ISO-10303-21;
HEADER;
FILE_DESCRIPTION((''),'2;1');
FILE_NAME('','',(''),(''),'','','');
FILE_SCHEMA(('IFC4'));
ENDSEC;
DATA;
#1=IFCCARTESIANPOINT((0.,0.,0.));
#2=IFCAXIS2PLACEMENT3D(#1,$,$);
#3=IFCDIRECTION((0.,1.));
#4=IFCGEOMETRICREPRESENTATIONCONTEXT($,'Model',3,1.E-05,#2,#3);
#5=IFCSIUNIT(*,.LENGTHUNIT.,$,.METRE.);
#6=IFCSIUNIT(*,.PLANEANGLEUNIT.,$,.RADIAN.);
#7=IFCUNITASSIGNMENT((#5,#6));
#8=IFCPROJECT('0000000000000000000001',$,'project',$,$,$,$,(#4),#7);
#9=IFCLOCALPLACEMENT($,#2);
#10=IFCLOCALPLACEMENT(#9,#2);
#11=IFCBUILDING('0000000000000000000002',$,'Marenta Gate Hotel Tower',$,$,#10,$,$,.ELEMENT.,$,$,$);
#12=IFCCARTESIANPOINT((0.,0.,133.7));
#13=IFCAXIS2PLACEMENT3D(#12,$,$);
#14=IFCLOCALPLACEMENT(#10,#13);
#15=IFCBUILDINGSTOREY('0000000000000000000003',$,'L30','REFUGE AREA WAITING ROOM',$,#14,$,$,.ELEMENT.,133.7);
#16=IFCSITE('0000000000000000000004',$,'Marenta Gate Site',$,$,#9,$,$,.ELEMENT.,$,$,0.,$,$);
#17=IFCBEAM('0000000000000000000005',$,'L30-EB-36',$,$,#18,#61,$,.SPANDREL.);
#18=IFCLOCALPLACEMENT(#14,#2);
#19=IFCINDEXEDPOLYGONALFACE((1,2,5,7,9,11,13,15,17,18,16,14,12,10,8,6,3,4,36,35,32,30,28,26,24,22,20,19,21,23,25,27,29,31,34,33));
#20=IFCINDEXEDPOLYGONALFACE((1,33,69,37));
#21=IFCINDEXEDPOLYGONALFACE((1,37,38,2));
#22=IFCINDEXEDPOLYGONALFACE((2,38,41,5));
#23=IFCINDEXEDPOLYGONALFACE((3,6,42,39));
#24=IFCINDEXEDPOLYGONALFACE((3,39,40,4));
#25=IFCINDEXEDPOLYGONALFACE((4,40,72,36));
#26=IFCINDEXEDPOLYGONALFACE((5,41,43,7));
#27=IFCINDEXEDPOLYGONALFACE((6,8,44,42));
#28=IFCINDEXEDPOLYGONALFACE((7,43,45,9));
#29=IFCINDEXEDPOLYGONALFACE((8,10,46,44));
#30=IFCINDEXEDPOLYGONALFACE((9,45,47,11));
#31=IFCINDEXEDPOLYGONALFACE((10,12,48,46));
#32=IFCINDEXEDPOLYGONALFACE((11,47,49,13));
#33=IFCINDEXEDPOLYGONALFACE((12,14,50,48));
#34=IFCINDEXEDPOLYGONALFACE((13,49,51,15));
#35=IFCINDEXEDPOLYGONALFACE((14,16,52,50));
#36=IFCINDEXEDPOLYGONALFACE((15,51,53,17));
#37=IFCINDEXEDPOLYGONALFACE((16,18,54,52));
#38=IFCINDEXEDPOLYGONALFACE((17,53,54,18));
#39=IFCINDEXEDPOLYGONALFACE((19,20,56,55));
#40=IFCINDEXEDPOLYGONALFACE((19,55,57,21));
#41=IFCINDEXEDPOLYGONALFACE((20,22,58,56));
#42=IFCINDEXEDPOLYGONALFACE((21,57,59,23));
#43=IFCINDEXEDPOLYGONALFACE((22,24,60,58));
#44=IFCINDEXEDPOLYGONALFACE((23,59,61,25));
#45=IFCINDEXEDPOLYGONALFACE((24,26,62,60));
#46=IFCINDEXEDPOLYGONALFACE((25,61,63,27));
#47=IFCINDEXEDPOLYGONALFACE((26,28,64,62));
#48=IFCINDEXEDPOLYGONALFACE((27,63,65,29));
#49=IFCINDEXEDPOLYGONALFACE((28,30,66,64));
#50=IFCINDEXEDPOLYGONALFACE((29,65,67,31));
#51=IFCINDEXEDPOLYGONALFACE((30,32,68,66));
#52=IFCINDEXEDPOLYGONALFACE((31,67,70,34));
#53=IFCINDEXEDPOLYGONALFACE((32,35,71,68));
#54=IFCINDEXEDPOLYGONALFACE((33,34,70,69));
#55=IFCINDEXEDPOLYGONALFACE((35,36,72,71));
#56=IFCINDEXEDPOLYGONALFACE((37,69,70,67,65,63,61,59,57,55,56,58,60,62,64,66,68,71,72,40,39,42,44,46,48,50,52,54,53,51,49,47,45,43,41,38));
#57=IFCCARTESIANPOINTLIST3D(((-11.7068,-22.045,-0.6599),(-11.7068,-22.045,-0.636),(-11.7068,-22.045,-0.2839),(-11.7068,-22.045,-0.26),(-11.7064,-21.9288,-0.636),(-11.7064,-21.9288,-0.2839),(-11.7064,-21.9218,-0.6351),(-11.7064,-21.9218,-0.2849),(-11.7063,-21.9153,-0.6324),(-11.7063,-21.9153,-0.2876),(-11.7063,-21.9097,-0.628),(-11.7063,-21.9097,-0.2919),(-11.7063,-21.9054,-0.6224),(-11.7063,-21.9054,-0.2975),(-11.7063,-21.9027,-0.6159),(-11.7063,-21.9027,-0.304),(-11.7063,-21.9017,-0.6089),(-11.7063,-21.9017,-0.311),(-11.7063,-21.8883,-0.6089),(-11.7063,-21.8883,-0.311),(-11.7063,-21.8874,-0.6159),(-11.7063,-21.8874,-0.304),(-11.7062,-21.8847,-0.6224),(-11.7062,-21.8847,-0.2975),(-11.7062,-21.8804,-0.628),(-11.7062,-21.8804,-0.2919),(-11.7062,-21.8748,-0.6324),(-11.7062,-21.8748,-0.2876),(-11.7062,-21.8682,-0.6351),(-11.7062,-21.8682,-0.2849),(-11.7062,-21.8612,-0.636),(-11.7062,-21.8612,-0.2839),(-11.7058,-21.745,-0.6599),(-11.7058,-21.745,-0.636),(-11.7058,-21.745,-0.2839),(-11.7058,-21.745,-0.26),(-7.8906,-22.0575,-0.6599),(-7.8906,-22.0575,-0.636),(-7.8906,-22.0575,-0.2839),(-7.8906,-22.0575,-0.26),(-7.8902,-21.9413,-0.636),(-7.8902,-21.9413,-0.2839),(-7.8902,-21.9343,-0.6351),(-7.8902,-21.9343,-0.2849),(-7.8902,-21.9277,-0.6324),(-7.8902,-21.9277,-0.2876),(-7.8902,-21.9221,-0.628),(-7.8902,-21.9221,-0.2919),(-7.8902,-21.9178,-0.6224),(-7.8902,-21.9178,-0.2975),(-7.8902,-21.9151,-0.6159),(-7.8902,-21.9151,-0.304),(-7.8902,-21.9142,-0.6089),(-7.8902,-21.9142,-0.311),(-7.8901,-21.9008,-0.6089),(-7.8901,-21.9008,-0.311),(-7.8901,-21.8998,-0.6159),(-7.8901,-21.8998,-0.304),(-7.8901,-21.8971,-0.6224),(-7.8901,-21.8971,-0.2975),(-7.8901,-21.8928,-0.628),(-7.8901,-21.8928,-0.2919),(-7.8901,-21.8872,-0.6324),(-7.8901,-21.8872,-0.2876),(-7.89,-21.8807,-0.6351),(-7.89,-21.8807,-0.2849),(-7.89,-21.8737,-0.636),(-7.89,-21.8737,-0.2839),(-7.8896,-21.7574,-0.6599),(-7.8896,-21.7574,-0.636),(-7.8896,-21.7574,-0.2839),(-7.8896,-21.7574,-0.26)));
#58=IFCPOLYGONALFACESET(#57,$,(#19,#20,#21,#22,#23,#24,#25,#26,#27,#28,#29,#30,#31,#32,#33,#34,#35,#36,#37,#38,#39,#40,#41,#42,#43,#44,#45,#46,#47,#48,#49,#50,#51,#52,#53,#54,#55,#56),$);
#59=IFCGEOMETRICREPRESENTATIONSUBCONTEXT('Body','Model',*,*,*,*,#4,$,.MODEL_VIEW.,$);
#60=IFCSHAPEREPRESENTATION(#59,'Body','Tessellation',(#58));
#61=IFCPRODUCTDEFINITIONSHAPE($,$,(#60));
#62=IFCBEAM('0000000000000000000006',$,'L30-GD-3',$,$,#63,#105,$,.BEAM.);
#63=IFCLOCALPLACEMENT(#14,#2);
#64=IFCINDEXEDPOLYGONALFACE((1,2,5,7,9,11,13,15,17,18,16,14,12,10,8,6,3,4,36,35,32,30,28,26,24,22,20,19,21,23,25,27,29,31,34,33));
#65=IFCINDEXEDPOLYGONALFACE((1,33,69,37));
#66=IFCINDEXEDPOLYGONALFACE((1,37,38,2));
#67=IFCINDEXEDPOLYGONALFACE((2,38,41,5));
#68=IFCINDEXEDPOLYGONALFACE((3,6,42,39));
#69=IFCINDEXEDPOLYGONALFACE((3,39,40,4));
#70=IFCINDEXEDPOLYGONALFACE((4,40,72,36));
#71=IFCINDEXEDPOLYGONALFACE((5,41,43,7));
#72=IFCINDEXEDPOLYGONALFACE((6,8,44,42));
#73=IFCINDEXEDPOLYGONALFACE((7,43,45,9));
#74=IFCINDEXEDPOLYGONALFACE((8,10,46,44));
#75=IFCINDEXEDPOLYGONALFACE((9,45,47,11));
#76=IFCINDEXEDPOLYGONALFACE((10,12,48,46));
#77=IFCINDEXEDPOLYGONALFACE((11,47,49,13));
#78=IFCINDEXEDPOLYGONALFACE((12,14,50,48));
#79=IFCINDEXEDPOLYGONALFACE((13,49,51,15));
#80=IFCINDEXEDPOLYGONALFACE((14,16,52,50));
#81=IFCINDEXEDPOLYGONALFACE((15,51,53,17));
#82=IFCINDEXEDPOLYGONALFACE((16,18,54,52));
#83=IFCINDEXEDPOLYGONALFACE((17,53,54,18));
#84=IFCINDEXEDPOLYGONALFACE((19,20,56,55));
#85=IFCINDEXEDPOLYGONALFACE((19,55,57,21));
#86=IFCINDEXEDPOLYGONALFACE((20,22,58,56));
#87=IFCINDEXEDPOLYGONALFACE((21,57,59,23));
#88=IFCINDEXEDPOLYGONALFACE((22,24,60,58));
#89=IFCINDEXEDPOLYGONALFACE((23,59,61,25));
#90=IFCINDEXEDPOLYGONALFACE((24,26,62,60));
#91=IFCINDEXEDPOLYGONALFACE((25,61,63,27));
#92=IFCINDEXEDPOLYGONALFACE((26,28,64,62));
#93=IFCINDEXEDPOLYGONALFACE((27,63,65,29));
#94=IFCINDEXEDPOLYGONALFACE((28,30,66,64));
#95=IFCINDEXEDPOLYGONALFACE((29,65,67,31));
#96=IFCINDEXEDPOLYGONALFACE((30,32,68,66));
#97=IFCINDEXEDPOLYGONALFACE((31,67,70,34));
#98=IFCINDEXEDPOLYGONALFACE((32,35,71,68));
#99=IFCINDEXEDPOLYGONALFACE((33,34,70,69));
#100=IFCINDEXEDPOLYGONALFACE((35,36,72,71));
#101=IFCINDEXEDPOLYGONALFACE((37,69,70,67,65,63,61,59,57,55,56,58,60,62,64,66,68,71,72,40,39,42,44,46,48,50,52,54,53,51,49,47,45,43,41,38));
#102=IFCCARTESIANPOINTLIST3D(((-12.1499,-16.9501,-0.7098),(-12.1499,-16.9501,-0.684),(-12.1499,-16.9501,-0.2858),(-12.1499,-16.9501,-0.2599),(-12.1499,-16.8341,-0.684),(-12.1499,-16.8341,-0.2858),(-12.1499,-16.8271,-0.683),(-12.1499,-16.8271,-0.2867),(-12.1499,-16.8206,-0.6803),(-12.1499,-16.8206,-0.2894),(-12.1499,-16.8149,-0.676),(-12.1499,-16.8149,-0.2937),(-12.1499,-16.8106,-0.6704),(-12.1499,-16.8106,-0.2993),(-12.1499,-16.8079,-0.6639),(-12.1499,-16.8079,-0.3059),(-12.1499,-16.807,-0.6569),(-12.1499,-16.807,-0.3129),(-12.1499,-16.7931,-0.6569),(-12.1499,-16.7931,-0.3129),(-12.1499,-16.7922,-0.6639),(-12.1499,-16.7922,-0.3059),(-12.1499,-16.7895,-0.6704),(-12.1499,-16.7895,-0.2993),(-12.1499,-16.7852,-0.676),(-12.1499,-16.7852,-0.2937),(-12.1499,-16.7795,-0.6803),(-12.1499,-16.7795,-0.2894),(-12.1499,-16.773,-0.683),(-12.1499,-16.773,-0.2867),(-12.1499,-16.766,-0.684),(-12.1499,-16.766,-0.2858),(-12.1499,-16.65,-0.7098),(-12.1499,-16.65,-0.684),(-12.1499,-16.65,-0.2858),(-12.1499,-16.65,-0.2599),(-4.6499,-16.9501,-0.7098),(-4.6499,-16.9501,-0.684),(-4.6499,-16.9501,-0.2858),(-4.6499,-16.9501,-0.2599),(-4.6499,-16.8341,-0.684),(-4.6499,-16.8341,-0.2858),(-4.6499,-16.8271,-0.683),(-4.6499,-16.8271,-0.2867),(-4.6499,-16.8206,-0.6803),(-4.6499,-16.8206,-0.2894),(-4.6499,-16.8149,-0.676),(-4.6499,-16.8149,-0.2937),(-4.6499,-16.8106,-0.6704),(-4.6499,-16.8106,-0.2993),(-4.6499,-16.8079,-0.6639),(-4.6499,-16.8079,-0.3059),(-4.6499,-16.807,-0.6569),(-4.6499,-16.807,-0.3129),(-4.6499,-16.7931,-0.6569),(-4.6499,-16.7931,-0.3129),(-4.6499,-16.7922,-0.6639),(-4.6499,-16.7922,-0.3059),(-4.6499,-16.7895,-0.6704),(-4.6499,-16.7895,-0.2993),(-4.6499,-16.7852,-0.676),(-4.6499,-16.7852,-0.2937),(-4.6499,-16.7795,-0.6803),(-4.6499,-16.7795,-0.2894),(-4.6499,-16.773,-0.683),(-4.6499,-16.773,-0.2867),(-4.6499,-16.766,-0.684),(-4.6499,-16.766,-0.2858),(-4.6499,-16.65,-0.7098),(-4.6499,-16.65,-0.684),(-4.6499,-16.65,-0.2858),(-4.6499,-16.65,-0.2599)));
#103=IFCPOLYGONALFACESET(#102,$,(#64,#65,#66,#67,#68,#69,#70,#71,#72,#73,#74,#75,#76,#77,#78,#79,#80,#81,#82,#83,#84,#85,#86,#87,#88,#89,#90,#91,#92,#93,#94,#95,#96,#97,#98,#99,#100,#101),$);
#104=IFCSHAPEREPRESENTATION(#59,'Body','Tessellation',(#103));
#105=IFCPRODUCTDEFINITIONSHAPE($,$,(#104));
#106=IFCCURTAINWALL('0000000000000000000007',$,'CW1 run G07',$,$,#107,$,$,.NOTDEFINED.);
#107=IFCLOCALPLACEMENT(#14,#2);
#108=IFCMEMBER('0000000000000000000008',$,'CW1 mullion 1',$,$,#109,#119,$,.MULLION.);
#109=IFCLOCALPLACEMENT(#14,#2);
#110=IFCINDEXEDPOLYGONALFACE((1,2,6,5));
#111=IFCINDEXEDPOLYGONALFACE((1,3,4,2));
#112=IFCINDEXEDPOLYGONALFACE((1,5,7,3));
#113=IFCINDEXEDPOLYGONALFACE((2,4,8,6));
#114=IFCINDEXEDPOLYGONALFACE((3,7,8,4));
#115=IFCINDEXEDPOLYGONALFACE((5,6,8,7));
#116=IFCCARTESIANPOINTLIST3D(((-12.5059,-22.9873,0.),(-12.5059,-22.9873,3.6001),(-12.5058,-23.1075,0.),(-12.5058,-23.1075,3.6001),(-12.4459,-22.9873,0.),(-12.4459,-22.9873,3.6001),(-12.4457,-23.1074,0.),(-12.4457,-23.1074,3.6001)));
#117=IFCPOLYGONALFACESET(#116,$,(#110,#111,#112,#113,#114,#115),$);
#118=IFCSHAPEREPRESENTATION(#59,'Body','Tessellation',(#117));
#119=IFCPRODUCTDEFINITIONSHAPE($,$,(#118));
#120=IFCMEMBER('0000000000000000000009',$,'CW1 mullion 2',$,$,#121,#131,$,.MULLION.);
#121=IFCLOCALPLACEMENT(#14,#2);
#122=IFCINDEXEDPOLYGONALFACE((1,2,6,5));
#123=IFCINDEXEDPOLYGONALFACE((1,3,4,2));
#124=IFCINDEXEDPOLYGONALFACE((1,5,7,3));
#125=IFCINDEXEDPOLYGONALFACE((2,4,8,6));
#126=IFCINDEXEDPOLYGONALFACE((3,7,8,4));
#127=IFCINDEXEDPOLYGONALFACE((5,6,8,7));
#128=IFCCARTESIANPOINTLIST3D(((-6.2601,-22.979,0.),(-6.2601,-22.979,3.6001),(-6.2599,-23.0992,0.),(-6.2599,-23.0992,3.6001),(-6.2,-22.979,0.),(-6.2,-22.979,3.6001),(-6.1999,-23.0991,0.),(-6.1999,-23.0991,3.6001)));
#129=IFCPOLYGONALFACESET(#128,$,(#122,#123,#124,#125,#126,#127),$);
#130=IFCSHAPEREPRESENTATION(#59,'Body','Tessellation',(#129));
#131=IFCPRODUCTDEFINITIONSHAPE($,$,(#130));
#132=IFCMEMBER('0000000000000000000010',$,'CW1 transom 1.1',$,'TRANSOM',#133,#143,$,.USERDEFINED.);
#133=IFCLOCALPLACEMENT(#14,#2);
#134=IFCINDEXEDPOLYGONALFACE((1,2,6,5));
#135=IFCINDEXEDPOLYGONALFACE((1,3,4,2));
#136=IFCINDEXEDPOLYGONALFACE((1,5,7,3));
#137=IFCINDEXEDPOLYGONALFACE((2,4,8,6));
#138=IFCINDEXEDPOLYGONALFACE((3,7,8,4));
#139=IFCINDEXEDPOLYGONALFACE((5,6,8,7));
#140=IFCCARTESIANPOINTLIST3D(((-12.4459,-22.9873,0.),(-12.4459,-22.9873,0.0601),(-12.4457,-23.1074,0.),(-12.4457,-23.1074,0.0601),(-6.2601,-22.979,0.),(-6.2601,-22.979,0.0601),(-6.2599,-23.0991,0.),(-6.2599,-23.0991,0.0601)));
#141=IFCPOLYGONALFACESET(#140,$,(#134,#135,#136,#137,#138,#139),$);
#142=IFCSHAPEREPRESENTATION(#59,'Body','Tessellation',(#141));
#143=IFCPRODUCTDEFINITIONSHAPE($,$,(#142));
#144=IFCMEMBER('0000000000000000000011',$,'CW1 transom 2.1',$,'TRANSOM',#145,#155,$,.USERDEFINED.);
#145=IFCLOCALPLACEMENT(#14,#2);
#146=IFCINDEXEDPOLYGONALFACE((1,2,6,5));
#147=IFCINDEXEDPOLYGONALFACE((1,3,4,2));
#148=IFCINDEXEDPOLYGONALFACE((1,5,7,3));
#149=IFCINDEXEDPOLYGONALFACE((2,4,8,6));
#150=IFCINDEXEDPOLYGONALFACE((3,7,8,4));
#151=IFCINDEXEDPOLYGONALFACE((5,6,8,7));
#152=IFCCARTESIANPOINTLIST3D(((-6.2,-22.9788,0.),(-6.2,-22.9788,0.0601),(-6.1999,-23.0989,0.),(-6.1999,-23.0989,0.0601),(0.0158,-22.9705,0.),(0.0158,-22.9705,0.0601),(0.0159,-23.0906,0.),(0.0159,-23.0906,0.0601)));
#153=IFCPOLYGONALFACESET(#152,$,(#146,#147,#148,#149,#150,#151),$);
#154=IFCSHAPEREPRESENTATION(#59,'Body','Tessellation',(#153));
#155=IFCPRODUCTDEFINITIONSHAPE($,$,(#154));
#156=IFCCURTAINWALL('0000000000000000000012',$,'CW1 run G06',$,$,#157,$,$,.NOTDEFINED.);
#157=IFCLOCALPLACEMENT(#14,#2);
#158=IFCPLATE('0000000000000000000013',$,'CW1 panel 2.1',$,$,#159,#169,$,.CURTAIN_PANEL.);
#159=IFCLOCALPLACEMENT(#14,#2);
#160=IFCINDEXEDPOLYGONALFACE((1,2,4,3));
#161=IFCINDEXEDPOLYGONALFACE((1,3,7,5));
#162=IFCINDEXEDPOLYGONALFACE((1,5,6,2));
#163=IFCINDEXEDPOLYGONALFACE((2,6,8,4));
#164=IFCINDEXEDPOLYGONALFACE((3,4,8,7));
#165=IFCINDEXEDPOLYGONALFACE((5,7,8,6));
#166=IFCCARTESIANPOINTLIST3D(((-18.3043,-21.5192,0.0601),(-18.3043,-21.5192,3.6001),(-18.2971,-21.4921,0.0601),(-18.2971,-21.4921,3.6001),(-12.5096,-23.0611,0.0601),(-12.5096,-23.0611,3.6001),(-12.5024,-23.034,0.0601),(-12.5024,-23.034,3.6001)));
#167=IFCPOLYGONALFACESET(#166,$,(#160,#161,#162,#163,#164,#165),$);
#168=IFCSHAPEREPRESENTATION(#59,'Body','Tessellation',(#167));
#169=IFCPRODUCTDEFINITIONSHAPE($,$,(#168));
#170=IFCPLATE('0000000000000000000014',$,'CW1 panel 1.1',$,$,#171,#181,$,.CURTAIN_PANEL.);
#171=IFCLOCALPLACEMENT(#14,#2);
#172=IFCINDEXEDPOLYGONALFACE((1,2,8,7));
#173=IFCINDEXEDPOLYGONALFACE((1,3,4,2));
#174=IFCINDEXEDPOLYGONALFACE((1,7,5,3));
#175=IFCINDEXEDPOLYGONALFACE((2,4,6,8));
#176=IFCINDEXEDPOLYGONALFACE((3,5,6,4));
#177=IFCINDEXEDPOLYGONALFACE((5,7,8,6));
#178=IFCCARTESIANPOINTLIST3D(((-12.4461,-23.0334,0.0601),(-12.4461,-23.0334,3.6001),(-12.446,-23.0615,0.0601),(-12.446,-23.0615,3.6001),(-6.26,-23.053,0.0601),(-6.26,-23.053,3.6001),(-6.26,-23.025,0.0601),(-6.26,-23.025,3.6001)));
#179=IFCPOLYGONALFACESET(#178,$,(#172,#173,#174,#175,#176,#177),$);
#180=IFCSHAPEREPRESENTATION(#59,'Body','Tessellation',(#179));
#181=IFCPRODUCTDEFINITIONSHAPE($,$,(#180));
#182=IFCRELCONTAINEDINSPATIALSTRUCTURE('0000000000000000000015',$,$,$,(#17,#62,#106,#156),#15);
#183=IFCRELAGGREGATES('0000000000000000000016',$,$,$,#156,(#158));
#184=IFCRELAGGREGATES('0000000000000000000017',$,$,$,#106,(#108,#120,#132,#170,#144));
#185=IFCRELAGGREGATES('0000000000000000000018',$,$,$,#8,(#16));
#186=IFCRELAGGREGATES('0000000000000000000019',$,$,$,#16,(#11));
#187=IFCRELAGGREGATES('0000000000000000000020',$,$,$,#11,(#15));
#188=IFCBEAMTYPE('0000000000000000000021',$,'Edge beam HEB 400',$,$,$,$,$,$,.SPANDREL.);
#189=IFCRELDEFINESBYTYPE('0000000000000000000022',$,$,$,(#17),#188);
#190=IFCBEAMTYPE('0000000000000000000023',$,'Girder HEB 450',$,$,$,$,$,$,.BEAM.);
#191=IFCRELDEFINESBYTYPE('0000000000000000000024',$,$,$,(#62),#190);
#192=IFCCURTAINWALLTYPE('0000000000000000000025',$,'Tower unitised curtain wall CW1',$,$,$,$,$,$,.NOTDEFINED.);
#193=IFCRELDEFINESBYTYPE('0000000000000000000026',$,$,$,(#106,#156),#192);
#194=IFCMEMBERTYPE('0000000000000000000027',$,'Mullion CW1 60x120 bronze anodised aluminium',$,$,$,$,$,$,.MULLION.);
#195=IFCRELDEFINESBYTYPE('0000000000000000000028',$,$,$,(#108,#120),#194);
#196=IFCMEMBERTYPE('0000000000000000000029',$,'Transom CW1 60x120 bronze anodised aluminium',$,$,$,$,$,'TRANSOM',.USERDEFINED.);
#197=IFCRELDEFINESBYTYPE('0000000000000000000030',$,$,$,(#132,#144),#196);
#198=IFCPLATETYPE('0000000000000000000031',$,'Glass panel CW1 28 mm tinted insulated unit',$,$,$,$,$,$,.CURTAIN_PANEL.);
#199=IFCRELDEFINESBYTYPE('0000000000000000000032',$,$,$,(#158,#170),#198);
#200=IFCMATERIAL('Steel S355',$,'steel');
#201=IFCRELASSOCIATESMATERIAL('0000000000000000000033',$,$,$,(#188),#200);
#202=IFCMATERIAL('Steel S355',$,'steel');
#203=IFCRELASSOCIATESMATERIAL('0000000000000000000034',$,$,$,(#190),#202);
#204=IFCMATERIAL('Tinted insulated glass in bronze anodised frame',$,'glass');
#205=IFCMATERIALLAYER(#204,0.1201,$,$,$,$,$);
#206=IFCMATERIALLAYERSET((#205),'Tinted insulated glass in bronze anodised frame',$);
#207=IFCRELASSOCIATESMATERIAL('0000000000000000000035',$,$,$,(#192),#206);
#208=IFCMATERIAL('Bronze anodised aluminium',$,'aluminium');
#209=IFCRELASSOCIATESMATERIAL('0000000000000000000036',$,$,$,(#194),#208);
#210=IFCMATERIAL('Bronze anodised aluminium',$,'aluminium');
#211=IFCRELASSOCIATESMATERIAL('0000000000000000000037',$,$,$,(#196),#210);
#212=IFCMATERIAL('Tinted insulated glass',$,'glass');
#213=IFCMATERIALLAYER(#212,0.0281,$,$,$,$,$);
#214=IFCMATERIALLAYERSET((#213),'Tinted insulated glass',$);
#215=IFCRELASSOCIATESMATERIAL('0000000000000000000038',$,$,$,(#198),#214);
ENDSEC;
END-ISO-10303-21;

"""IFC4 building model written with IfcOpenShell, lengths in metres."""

from ifc_helpers import new_model, si_unit, direction, frame, origin, origin_2d, place, context, subcontext, project, spatial, rectangle, i_section, extrude, material, layer, layer_set, material_profile, profile_set, type_object, element, aggregate, save


model = new_model("IFC4")

# Units and contexts
model_context = context("Model", 3, precision=1e-05, world=origin(), true_north=direction((0.0, 1.0)))
body_context = subcontext(model_context, "Body", "Model", "MODEL_VIEW")
ifc_project = project(units=[si_unit("LENGTHUNIT", "METRE"), si_unit("PLANEANGLEUNIT", "RADIAN")], contexts=[model_context])

# Site, building, storey
site_placement = place(None, origin())
site = spatial("IfcSite", under=ifc_project, at=site_placement, Name="Marenta Gate Site", CompositionType="ELEMENT", RefElevation=0.0)
building_placement = place(site_placement, origin())
building = spatial("IfcBuilding", under=site, at=building_placement, Name="Marenta Gate Hotel Tower", CompositionType="ELEMENT")
storey_placement = place(building_placement, frame((0.0, 0.0, 133.7)))
storey = spatial("IfcBuildingStorey", under=building, at=storey_placement, Name="L30", Description="REFUGE AREA WAITING ROOM", CompositionType="ELEMENT", Elevation=133.7)

# Beams
ifc_material_1 = material(Name="Steel S355", Category="steel")
ifc_material_profile_1 = material_profile(ifc_material_1, i_section(OverallWidth=0.3, OverallDepth=0.3999, WebThickness=0.0134, FlangeThickness=0.0239, FilletRadius=0.0271, at=origin_2d()), Name="HEB 400")
ifc_profile_set_1 = profile_set([ifc_material_profile_1], Name="Steel S355")
beam_type_1 = type_object("IfcBeamType", Name="Edge beam HEB 400", PredefinedType="SPANDREL", material=ifc_profile_set_1)
beam_1_placement = place(storey_placement, frame((-7.8901, -21.9075, -0.46), z_axis=(-0.999995, 0.003263, 0.0), x_axis=(-0.003263, -0.999995, 0.0)))
element("IfcBeam", 1, at=beam_1_placement, inside=storey, type_object=beam_type_1, Name="L30-EB-36", PredefinedType="SPANDREL", context=body_context, shape_type="SweptSolid", body=[
    extrude(i_section(OverallWidth=0.3, OverallDepth=0.3999, WebThickness=0.0134, FlangeThickness=0.0239, FilletRadius=0.0271, at=origin_2d()), origin(), (0.0, 0.0, 1.0), 3.8162),
])
ifc_material_2 = material(Name="Steel S355", Category="steel")
ifc_material_profile_2 = material_profile(ifc_material_2, i_section(OverallWidth=0.3, OverallDepth=0.45, WebThickness=0.0139, FlangeThickness=0.0259, FilletRadius=0.0271, at=origin_2d()), Name="HEB 450")
ifc_profile_set_2 = profile_set([ifc_material_profile_2], Name="Steel S355")
beam_type_2 = type_object("IfcBeamType", Name="Girder HEB 450", PredefinedType="BEAM", material=ifc_profile_set_2)
beam_2_placement = place(storey_placement, frame((-12.1499, -16.8, -0.4849), z_axis=(1.0, 0.0, 0.0), x_axis=(0.0, 1.0, 0.0)))
element("IfcBeam", 2, at=beam_2_placement, inside=storey, type_object=beam_type_2, Name="L30-GD-3", PredefinedType="BEAM", context=body_context, shape_type="SweptSolid", body=[
    extrude(i_section(OverallWidth=0.3, OverallDepth=0.45, WebThickness=0.0139, FlangeThickness=0.0259, FilletRadius=0.0271, at=origin_2d()), origin(), (0.0, 0.0, 1.0), 7.5),
])

# Curtain wall, members
ifc_material_3 = material(Name="Tinted insulated glass in bronze anodised frame", Category="glass")
ifc_layer_1 = layer(ifc_material_3, 0.1201)
ifc_layer_set_1 = layer_set([ifc_layer_1], Name="Tinted insulated glass in bronze anodised frame")
curtain_wall_type = type_object("IfcCurtainWallType", Name="Tower unitised curtain wall CW1", PredefinedType="NOTDEFINED", material=ifc_layer_set_1)
curtain_wall_1_placement = place(storey_placement, origin())
curtain_wall_1 = element("IfcCurtainWall", 3, at=curtain_wall_1_placement, inside=storey, type_object=curtain_wall_type, Name="CW1 run G07", PredefinedType="NOTDEFINED")
ifc_material_4 = material(Name="Bronze anodised aluminium", Category="aluminium")
ifc_material_profile_3 = material_profile(ifc_material_4, rectangle(XDim=0.1201, YDim=0.0601, at=origin_2d()), Name="Mullion CW1 60x120 bronze anodised aluminium")
ifc_profile_set_3 = profile_set([ifc_material_profile_3], Name="Bronze anodised aluminium")
member_type_1 = type_object("IfcMemberType", Name="Mullion CW1 60x120 bronze anodised aluminium", PredefinedType="MULLION", material=ifc_profile_set_3)
member_1_placement = place(storey_placement, frame((-12.4758, -23.0474, 0.0), z_axis=(0.0, 0.0, 1.0), x_axis=(-0.001362, 0.999999, 0.0)))
member_1 = element("IfcMember", 4, at=member_1_placement, type_object=member_type_1, Name="CW1 mullion 1", PredefinedType="MULLION", context=body_context, shape_type="SweptSolid", body=[
    extrude(rectangle(XDim=0.1201, YDim=0.0601, at=origin_2d()), origin(), (0.0, 0.0, 1.0), 3.6001),
])
member_2_placement = place(storey_placement, frame((-6.23, -23.0391, 0.0), z_axis=(0.0, 0.0, 1.0), x_axis=(-0.001362, 0.999999, 0.0)))
member_2 = element("IfcMember", 5, at=member_2_placement, type_object=member_type_1, Name="CW1 mullion 2", PredefinedType="MULLION", context=body_context, shape_type="SweptSolid", body=[
    extrude(rectangle(XDim=0.1201, YDim=0.0601, at=origin_2d()), origin(), (0.0, 0.0, 1.0), 3.6001),
])
ifc_material_5 = material(Name="Bronze anodised aluminium", Category="aluminium")
ifc_material_profile_4 = material_profile(ifc_material_5, rectangle(XDim=0.1201, YDim=0.0601, at=origin_2d()), Name="Transom CW1 60x120 bronze anodised aluminium")
ifc_profile_set_4 = profile_set([ifc_material_profile_4], Name="Bronze anodised aluminium")
member_type_2 = type_object("IfcMemberType", Name="Transom CW1 60x120 bronze anodised aluminium", ElementType="TRANSOM", PredefinedType="USERDEFINED", material=ifc_profile_set_4)
member_3_placement = place(storey_placement, frame((-12.4458, -23.0474, 0.03), z_axis=(0.999999, 0.001342, 0.0), x_axis=(-0.001342, 0.999999, 0.0)))
member_3 = element("IfcMember", 6, at=member_3_placement, type_object=member_type_2, Name="CW1 transom 1.1", ObjectType="TRANSOM", PredefinedType="USERDEFINED", context=body_context, shape_type="SweptSolid", body=[
    extrude(rectangle(XDim=0.1201, YDim=0.0601, at=origin_2d()), origin(), (0.0, 0.0, 1.0), 6.1858),
])
member_4_placement = place(storey_placement, frame((-6.2, -23.0388, 0.03), z_axis=(0.999999, 0.001335, 0.0), x_axis=(-0.001335, 0.999999, 0.0)))
member_4 = element("IfcMember", 7, at=member_4_placement, type_object=member_type_2, Name="CW1 transom 2.1", ObjectType="TRANSOM", PredefinedType="USERDEFINED", context=body_context, shape_type="SweptSolid", body=[
    extrude(rectangle(XDim=0.1201, YDim=0.0601, at=origin_2d()), origin(), (0.0, 0.0, 1.0), 6.2158),
])

# Curtain wall, plate
curtain_wall_2_placement = place(storey_placement, origin())
curtain_wall_2 = element("IfcCurtainWall", 8, at=curtain_wall_2_placement, inside=storey, type_object=curtain_wall_type, Name="CW1 run G06", PredefinedType="NOTDEFINED")
ifc_material_6 = material(Name="Tinted insulated glass", Category="glass")
ifc_layer_2 = layer(ifc_material_6, 0.0281)
ifc_layer_set_2 = layer_set([ifc_layer_2], Name="Tinted insulated glass")
plate_type = type_object("IfcPlateType", Name="Glass panel CW1 28 mm tinted insulated unit", PredefinedType="CURTAIN_PANEL", material=ifc_layer_set_2)
plate_1_placement = place(storey_placement, frame((-15.4033, -22.2766, 0.0601), z_axis=(0.0, 0.0, 1.0), x_axis=(0.966373, -0.257144, 0.0)))
plate_1 = element("IfcPlate", 9, at=plate_1_placement, type_object=plate_type, Name="CW1 panel 2.1", PredefinedType="CURTAIN_PANEL", context=body_context, shape_type="SweptSolid", body=[
    extrude(rectangle(XDim=5.9963, YDim=0.0281, at=origin_2d()), origin(), (0.0, 0.0, 1.0), 3.54),
])
aggregate(curtain_wall_2, [plate_1])

# Plate
plate_2_placement = place(storey_placement, frame((-9.353, -23.0432, 0.0601), z_axis=(0.0, 0.0, 1.0), x_axis=(0.999999, 0.001362, 0.0)))
plate_2 = element("IfcPlate", 10, at=plate_2_placement, type_object=plate_type, Name="CW1 panel 1.1", PredefinedType="CURTAIN_PANEL", context=body_context, shape_type="SweptSolid", body=[
    extrude(rectangle(XDim=6.186, YDim=0.0281, at=origin_2d()), origin(), (0.0, 0.0, 1.0), 3.54),
])
aggregate(curtain_wall_1, [member_1, member_2, member_3, plate_2, member_4])

save(model, "model.ifc")
